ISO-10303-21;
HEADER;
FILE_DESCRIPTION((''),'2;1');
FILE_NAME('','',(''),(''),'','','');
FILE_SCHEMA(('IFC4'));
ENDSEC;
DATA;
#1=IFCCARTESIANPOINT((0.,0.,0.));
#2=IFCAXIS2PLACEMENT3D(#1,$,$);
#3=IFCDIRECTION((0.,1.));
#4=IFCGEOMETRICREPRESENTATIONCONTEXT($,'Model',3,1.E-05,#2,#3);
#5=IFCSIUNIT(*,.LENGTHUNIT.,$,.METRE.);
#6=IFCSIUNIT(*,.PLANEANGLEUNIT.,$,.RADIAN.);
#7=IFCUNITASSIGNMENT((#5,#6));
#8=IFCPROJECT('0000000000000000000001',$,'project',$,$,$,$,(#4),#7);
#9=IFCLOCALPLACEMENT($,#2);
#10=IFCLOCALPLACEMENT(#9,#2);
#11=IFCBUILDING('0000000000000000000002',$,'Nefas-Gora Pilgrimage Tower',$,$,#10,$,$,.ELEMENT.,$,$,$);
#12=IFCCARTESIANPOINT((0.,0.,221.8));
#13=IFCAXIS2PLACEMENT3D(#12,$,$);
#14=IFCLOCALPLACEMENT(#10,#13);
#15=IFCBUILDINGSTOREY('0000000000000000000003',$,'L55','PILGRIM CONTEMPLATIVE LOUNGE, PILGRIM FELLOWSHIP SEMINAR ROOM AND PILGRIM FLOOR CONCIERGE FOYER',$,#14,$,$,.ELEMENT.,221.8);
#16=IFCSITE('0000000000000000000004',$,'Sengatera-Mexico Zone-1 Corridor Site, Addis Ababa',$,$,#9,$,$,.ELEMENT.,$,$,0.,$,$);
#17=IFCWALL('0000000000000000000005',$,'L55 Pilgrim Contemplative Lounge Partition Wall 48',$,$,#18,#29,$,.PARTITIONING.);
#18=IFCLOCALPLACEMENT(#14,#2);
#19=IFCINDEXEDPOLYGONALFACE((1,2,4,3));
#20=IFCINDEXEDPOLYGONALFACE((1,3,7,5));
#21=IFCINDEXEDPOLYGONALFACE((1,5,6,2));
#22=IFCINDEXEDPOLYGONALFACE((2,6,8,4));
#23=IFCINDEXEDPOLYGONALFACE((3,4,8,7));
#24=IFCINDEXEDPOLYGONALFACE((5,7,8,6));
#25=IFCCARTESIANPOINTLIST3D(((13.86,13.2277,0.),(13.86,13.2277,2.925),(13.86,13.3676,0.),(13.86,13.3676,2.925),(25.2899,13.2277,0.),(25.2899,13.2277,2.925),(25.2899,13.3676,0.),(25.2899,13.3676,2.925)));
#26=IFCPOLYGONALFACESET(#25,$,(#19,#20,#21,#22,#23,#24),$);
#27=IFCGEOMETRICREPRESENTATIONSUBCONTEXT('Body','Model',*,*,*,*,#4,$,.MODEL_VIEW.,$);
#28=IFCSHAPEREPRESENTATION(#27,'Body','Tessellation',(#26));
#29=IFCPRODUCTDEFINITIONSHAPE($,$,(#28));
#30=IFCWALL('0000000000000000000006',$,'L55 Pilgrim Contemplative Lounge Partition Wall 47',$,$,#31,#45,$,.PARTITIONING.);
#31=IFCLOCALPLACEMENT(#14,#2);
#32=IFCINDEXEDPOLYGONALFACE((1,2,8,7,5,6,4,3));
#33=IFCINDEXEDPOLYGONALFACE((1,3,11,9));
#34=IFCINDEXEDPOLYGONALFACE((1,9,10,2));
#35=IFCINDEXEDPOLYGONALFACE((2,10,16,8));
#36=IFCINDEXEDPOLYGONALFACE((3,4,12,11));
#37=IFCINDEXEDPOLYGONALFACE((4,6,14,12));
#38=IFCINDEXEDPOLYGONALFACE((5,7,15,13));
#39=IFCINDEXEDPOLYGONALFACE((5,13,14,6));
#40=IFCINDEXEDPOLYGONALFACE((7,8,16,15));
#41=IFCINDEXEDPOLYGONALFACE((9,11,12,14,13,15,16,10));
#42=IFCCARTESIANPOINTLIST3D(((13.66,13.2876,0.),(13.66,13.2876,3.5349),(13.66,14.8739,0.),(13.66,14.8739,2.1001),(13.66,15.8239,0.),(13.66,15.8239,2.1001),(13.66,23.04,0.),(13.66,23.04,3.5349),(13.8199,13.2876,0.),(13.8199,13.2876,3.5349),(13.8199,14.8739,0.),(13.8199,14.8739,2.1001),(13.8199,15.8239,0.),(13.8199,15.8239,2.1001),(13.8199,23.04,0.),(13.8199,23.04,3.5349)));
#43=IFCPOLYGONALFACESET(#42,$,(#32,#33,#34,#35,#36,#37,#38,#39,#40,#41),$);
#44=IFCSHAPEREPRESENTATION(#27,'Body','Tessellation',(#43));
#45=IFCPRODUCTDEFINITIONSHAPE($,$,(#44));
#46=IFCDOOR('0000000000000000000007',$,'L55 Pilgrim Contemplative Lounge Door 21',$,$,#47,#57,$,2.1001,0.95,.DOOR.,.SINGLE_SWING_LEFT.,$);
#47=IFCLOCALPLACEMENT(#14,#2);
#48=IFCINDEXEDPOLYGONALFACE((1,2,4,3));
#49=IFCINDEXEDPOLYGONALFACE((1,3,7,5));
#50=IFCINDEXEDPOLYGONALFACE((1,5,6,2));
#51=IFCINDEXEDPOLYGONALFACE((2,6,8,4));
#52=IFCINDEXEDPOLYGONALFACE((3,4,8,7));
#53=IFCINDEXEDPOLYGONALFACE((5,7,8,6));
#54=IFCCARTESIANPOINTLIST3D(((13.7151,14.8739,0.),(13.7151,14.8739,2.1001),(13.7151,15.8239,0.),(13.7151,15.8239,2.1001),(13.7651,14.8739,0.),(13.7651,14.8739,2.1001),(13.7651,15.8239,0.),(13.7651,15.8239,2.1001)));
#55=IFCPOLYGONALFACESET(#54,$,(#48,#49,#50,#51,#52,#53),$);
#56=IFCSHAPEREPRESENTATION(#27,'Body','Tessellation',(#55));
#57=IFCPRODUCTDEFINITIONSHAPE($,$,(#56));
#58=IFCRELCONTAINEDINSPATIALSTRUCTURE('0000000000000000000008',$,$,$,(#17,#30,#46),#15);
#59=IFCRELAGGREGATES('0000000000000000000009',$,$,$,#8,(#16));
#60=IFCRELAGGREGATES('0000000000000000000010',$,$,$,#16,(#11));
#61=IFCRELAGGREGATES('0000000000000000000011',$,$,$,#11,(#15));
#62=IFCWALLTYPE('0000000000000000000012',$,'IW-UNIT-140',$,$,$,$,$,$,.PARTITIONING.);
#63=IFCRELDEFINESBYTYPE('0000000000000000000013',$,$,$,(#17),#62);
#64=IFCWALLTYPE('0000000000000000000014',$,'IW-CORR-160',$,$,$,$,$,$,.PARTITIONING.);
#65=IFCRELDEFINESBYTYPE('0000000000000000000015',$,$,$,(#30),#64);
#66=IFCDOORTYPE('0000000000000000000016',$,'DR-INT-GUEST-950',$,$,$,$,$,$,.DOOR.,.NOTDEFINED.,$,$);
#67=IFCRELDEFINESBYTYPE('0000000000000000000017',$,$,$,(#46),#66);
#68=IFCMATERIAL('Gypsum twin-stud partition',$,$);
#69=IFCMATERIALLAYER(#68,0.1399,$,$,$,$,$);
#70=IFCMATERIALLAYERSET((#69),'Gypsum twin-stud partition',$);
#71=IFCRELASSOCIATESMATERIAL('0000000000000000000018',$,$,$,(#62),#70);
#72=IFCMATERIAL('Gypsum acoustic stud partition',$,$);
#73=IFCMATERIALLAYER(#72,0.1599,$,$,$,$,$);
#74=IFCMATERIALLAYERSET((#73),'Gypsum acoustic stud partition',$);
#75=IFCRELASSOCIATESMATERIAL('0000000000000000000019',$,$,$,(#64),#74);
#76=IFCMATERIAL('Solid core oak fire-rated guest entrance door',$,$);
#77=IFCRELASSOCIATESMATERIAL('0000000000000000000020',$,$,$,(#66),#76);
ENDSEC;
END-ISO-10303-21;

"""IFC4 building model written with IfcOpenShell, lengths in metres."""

from ifc_helpers import new_model, si_unit, direction, frame, frame_2d, origin, place, context, subcontext, project, spatial, rectangle, extrude, source, transform, mapped, material, layer, layer_set, type_object, element, fill, save


model = new_model("IFC4")

# Units and contexts
model_context = context("Model", 3, precision=1e-05, world=origin(), true_north=direction((0.0, 1.0)))
body_context = subcontext(model_context, "Body", "Model", "MODEL_VIEW")
ifc_project = project(units=[si_unit("LENGTHUNIT", "METRE"), si_unit("PLANEANGLEUNIT", "RADIAN")], contexts=[model_context])

# Site, building, storey
site_placement = place(None, origin())
site = spatial("IfcSite", under=ifc_project, at=site_placement, Name="Sengatera-Mexico Zone-1 Corridor Site, Addis Ababa", CompositionType="ELEMENT", RefElevation=0.0)
building_placement = place(site_placement, origin())
building = spatial("IfcBuilding", under=site, at=building_placement, Name="Nefas-Gora Pilgrimage Tower", CompositionType="ELEMENT")
storey_placement = place(building_placement, frame((0.0, 0.0, 221.8)))
storey = spatial("IfcBuildingStorey", under=building, at=storey_placement, Name="L55", Description="PILGRIM CONTEMPLATIVE LOUNGE, PILGRIM FELLOWSHIP SEMINAR ROOM AND PILGRIM FLOOR CONCIERGE FOYER", CompositionType="ELEMENT", Elevation=221.8)

# Wall
ifc_material_1 = material(Name="Gypsum twin-stud partition")
ifc_layer_1 = layer(ifc_material_1, 0.1399)
ifc_layer_set_1 = layer_set([ifc_layer_1], Name="Gypsum twin-stud partition")
wall_type_1 = type_object("IfcWallType", Name="IW-UNIT-140", PredefinedType="PARTITIONING", material=ifc_layer_set_1)
shared_shape_1 = source(origin(), body_context, "Body", "SweptSolid", [
    extrude(rectangle(XDim=11.4299, YDim=0.1399, at=frame_2d((5.7148, 0.0))), origin(), (0.0, 0.0, 1.0), 2.925),
])
wall_1_placement = place(storey_placement, frame((13.8601, 13.2976, 0.0), z_axis=(0.0, 0.0, 1.0), x_axis=(1.0, 0.0, 0.0)))
element("IfcWall", 1, at=wall_1_placement, inside=storey, type_object=wall_type_1, Name="L55 Pilgrim Contemplative Lounge Partition Wall 48", PredefinedType="PARTITIONING", context=body_context, shape_type="MappedRepresentation", body=[
    mapped(shared_shape_1, transform((0.0, 0.0, 0.0), x_axis=(1.0, 0.0, 0.0), y_axis=(0.0, 1.0, 0.0), z_axis=(0.0, 0.0, 1.0), scale=1.0)),
])

# Wall, opening, door
ifc_material_2 = material(Name="Gypsum acoustic stud partition")
ifc_layer_2 = layer(ifc_material_2, 0.1599)
ifc_layer_set_2 = layer_set([ifc_layer_2], Name="Gypsum acoustic stud partition")
wall_type_2 = type_object("IfcWallType", Name="IW-CORR-160", PredefinedType="PARTITIONING", material=ifc_layer_set_2)
shared_shape_2 = source(origin(), body_context, "Body", "SweptSolid", [
    extrude(rectangle(XDim=9.7524, YDim=0.1599, at=frame_2d((4.8762, 0.0))), origin(), (0.0, 0.0, 1.0), 3.5349),
])
wall_2_placement = place(storey_placement, frame((13.74, 13.2876, 0.0), z_axis=(0.0, 0.0, 1.0), x_axis=(0.0, 1.0, 0.0)))
wall_2 = element("IfcWall", 2, at=wall_2_placement, inside=storey, type_object=wall_type_2, Name="L55 Pilgrim Contemplative Lounge Partition Wall 47", PredefinedType="PARTITIONING", context=body_context, shape_type="MappedRepresentation", body=[
    mapped(shared_shape_2, transform((0.0, 0.0, 0.0), x_axis=(1.0, 0.0, 0.0), y_axis=(0.0, 1.0, 0.0), z_axis=(0.0, 0.0, 1.0), scale=1.0)),
])
opening_1_placement = place(wall_2_placement, frame((1.5862, 0.0, 0.0)))
opening_1 = element("IfcOpeningElement", 3, at=opening_1_placement, cuts=wall_2, PredefinedType="OPENING", context=body_context, shape_type="SweptSolid", body=[
    extrude(rectangle(XDim=0.95, YDim=2.1001, at=frame_2d((0.4751, 1.05))), frame((0.0, 0.0898, 0.0), z_axis=(0.0, -1.0, 0.0), x_axis=(1.0, 0.0, 0.0)), (0.0, 0.0, 1.0), 0.1799),
])
ifc_material_3 = material(Name="Solid core oak fire-rated guest entrance door")
door_type_1 = type_object("IfcDoorType", Name="DR-INT-GUEST-950", OperationType="NOTDEFINED", PredefinedType="DOOR", material=ifc_material_3)
shared_shape_3 = source(origin(), body_context, "Body", "SweptSolid", [
    extrude(rectangle(XDim=0.95, YDim=2.1001, at=frame_2d((0.4751, 1.05))), frame((0.0, 0.0249, 0.0), z_axis=(0.0, -1.0, 0.0), x_axis=(1.0, 0.0, 0.0)), (0.0, 0.0, 1.0), 0.05),
])
door_1_placement = place(opening_1_placement, origin())
door_1 = element("IfcDoor", 4, at=door_1_placement, inside=storey, type_object=door_type_1, Name="L55 Pilgrim Contemplative Lounge Door 21", OperationType="SINGLE_SWING_LEFT", OverallHeight=2.1001, OverallWidth=0.95, PredefinedType="DOOR", context=body_context, shape_type="MappedRepresentation", body=[
    mapped(shared_shape_3, transform((0.0, 0.0, 0.0), x_axis=(1.0, 0.0, 0.0), y_axis=(0.0, 1.0, 0.0), z_axis=(0.0, 0.0, 1.0), scale=1.0)),
])
fill(opening_1, door_1)

save(model, "model.ifc")
